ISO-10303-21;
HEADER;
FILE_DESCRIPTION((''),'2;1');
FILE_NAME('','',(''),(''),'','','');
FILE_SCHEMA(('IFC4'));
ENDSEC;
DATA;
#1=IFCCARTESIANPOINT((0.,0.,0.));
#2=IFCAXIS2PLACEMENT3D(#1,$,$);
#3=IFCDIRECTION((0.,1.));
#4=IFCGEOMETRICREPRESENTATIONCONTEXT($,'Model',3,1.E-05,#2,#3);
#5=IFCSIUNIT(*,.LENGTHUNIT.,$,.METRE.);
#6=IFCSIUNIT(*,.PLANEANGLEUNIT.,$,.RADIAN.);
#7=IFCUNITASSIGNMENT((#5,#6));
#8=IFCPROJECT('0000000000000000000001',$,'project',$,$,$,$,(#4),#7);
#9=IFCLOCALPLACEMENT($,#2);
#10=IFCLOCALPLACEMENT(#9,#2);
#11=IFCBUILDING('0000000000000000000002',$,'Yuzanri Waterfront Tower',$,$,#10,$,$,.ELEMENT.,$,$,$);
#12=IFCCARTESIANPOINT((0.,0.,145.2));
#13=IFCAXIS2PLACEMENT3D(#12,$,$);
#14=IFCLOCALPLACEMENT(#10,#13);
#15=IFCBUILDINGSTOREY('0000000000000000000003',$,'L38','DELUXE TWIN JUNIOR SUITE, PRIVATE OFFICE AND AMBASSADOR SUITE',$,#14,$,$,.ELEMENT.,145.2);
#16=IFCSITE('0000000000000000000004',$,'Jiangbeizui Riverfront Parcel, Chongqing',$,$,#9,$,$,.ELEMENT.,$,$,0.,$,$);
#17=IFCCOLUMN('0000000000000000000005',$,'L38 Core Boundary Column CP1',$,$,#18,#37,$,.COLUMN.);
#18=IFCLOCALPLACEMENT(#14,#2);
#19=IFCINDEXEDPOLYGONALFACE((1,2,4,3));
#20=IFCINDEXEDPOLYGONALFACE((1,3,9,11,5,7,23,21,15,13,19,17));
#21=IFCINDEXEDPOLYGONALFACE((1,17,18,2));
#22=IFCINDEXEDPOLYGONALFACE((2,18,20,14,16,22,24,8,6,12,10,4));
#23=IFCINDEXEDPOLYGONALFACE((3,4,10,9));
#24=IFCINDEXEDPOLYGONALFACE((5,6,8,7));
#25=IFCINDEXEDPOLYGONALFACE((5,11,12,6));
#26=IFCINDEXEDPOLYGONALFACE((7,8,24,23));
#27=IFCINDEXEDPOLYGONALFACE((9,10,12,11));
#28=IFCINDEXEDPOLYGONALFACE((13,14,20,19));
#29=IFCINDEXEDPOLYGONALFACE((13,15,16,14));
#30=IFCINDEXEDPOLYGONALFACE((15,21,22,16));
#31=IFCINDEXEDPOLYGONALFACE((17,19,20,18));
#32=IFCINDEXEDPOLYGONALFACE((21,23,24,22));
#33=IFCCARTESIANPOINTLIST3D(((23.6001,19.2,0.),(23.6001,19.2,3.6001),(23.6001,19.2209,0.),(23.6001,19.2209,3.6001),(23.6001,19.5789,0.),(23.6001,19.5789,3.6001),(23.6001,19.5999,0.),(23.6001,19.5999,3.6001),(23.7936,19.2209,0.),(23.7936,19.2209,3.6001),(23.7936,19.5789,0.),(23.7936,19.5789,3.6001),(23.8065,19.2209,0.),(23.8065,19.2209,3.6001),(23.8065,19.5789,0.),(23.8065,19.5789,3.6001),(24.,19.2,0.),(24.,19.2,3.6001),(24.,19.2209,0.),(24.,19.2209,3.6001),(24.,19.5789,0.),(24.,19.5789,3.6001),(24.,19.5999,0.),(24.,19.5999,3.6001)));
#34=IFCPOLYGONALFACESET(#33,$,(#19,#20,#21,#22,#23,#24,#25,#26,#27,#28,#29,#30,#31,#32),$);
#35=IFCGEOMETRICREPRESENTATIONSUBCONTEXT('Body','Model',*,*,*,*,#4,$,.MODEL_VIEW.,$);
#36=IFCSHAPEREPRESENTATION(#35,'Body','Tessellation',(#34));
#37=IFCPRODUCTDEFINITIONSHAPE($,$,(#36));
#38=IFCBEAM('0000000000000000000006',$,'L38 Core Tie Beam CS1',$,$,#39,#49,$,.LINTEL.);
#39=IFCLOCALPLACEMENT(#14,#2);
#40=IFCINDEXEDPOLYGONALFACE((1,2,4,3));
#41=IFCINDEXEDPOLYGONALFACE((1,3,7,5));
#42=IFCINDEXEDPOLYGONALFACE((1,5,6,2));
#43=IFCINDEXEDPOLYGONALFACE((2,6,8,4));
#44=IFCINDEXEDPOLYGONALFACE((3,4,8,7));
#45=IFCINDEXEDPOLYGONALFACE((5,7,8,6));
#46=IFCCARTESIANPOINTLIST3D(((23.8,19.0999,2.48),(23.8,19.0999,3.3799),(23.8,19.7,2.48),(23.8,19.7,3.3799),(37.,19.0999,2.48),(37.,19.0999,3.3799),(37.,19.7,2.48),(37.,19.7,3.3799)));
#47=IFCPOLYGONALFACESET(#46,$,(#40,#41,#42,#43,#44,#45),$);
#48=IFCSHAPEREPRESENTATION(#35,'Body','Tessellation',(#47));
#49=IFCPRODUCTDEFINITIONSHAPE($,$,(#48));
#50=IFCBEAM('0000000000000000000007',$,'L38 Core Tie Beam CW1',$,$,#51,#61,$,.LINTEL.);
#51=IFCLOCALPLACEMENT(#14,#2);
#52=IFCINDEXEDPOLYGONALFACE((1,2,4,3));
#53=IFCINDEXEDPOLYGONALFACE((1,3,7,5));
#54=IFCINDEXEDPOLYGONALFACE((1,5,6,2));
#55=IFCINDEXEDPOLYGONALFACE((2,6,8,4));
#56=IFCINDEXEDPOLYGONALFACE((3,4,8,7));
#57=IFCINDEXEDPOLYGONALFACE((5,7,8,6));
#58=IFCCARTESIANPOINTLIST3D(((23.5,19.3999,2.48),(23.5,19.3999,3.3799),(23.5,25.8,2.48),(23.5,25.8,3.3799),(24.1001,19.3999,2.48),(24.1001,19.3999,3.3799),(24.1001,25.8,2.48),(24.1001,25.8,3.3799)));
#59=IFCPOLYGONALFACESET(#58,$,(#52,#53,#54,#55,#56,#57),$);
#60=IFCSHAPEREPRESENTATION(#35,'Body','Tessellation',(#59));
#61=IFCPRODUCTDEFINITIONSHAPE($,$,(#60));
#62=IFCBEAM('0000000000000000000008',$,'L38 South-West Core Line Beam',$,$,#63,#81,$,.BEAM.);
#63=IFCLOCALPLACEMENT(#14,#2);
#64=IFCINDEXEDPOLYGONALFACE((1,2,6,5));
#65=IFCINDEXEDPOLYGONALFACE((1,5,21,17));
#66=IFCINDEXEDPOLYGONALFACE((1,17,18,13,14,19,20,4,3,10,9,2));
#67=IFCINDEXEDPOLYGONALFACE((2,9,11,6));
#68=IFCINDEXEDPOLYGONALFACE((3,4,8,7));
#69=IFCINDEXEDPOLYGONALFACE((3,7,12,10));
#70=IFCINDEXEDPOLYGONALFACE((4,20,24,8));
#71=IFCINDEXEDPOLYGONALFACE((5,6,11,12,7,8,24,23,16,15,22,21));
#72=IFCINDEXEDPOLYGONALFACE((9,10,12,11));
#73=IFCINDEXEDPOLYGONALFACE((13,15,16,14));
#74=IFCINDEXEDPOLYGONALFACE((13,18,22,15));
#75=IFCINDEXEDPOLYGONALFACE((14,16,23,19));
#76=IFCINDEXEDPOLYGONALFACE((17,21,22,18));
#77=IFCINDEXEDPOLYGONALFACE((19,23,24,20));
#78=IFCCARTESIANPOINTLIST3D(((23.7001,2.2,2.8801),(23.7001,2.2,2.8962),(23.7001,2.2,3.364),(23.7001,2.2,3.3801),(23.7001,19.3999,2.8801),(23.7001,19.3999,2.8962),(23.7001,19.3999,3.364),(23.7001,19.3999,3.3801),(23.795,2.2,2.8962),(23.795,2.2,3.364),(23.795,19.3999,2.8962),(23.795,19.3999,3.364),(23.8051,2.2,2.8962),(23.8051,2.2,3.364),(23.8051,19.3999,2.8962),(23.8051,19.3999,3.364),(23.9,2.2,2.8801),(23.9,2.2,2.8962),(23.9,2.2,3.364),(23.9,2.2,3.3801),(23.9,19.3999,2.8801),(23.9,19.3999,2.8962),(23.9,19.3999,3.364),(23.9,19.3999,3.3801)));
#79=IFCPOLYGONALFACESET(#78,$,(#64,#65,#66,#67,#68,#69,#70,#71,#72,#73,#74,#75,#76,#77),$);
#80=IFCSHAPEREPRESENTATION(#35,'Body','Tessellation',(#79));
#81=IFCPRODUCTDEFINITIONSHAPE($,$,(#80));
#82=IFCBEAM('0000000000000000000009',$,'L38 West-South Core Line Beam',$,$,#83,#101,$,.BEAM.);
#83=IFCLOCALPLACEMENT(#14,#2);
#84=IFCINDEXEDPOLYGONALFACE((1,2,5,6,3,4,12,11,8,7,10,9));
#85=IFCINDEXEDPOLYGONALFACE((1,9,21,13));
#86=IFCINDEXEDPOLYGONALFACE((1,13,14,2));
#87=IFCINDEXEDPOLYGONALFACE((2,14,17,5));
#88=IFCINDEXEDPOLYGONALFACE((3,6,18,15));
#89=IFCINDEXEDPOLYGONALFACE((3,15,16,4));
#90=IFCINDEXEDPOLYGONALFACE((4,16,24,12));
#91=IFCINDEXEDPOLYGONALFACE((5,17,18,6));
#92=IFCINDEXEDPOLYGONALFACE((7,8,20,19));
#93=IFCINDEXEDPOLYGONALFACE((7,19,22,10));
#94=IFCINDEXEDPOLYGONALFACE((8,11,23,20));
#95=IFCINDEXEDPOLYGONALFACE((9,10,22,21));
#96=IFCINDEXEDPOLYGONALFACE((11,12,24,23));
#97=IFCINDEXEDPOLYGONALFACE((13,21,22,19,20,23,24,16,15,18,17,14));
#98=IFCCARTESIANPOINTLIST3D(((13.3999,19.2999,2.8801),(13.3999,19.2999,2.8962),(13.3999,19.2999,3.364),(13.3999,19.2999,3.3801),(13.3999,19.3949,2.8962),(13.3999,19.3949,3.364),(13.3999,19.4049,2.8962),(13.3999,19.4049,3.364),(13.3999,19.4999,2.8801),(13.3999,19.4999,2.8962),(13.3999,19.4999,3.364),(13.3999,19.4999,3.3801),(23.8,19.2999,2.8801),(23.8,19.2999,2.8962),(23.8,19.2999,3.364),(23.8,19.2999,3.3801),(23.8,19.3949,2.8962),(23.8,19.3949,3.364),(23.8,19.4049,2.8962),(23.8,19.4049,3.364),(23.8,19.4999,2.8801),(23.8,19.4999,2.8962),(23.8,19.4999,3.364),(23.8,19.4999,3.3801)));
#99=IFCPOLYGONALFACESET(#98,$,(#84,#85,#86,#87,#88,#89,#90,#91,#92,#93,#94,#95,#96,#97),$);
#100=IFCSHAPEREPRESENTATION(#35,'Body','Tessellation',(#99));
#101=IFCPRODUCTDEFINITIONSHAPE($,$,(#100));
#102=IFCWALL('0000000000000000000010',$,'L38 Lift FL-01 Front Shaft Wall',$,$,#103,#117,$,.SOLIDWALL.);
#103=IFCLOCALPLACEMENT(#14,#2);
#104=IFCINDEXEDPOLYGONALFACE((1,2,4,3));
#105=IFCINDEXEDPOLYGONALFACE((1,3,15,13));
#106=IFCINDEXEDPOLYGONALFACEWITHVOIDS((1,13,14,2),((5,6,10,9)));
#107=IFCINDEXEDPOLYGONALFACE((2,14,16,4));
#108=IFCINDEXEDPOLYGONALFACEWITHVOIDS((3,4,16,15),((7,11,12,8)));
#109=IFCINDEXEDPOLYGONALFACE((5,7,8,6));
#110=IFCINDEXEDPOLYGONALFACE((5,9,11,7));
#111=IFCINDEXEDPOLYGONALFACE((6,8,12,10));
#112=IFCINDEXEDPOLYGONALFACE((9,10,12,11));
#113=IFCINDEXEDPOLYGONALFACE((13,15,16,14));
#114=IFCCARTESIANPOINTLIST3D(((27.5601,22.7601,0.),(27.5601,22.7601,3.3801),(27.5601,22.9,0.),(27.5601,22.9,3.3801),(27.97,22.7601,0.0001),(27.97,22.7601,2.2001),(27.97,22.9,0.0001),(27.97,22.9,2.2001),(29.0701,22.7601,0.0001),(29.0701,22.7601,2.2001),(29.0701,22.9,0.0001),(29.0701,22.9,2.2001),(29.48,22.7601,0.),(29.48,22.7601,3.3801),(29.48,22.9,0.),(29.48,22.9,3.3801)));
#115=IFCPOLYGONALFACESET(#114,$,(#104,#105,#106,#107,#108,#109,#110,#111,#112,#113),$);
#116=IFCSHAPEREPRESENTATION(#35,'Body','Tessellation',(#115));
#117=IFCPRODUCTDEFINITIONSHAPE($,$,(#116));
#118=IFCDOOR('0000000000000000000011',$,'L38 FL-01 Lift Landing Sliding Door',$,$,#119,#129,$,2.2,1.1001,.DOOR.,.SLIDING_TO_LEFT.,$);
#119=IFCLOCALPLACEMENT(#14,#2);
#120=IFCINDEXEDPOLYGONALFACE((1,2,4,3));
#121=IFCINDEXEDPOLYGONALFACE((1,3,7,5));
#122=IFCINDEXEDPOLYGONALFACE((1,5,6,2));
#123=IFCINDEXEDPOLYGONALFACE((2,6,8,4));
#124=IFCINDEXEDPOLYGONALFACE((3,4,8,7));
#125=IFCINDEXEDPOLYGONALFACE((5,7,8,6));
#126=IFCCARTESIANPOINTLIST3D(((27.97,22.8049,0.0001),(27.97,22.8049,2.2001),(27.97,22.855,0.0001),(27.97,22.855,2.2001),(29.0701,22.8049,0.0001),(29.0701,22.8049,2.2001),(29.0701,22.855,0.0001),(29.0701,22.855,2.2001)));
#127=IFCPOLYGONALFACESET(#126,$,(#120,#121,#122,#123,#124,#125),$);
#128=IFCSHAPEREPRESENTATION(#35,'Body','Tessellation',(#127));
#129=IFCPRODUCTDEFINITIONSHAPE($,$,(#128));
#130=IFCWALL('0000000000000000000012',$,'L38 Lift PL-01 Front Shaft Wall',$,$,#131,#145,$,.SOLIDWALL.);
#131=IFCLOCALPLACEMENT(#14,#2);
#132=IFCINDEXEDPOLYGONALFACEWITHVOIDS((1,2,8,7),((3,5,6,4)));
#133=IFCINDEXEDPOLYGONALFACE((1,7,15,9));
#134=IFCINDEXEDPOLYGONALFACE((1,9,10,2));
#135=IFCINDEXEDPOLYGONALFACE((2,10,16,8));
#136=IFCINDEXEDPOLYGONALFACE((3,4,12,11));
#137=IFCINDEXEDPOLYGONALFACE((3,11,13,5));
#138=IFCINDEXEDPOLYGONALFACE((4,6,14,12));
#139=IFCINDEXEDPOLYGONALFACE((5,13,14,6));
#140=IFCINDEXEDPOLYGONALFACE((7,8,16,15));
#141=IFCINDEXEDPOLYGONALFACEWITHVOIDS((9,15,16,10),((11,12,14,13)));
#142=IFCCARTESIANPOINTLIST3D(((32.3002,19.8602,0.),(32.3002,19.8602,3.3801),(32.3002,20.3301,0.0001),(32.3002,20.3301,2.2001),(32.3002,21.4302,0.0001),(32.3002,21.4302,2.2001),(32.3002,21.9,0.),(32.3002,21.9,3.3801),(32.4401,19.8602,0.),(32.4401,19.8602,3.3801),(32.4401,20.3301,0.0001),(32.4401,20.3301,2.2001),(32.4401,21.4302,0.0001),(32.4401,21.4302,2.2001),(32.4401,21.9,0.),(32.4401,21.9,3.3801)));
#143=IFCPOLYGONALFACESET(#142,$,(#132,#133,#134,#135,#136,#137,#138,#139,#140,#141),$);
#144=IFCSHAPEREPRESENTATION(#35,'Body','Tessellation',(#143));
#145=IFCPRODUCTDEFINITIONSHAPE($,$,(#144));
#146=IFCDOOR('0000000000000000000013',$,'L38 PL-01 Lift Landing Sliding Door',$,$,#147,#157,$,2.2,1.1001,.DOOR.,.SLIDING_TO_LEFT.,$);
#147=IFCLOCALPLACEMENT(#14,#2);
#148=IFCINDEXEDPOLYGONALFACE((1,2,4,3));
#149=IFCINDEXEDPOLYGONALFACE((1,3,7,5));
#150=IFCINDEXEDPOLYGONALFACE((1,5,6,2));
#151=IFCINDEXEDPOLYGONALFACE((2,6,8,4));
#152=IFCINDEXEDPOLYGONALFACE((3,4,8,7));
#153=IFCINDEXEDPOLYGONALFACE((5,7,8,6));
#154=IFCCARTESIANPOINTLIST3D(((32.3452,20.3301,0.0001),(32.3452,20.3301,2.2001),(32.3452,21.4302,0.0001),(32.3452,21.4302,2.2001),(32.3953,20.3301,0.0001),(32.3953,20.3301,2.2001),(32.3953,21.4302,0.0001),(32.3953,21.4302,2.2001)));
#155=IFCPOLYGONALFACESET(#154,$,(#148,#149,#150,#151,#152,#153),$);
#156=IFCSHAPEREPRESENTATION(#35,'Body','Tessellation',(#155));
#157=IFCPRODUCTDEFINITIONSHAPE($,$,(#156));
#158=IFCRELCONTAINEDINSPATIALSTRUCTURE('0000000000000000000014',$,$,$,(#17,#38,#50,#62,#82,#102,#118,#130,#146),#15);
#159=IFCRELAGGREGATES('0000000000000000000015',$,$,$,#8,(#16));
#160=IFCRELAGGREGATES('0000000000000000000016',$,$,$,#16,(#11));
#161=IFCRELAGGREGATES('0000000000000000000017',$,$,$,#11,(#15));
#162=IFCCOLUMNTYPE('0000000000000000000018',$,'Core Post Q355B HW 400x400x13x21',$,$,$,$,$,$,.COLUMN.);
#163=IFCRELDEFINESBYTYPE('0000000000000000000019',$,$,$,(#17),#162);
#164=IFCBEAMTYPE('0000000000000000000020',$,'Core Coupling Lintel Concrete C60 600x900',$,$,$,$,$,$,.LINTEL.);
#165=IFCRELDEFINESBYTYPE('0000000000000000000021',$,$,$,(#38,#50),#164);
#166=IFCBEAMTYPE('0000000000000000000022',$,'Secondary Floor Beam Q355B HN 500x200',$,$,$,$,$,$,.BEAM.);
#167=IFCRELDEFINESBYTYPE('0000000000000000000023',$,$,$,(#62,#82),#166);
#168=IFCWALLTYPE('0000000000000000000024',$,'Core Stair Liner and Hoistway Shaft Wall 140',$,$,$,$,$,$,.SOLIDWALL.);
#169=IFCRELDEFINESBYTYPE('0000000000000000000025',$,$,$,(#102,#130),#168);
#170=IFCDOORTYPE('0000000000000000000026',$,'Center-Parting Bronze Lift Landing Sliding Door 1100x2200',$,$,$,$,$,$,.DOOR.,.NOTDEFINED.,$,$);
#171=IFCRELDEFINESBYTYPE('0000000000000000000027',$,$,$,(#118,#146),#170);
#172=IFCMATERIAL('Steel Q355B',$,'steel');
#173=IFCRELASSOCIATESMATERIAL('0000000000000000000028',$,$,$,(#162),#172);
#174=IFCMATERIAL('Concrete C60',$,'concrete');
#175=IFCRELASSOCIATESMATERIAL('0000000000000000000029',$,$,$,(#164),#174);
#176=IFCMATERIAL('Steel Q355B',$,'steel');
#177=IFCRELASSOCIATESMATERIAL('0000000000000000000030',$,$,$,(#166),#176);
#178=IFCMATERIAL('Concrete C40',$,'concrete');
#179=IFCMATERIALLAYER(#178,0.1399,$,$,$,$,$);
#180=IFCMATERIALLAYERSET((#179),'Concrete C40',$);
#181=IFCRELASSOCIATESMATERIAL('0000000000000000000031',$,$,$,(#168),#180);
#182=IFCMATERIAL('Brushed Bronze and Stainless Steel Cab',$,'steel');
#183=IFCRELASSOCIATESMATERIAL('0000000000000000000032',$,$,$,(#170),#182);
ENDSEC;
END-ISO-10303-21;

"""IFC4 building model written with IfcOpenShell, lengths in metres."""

from ifc_helpers import new_model, si_unit, direction, frame, frame_2d, origin, origin_2d, place, context, subcontext, project, spatial, rectangle, i_section, extrude, source, transform, mapped, material, layer, layer_set, material_profile, profile_set, type_object, element, fill, save


model = new_model("IFC4")

# Units and contexts
model_context = context("Model", 3, precision=1e-05, world=origin(), true_north=direction((0.0, 1.0)))
body_context = subcontext(model_context, "Body", "Model", "MODEL_VIEW")
ifc_project = project(units=[si_unit("LENGTHUNIT", "METRE"), si_unit("PLANEANGLEUNIT", "RADIAN")], contexts=[model_context])

# Site, building, storey
site_placement = place(None, origin())
site = spatial("IfcSite", under=ifc_project, at=site_placement, Name="Jiangbeizui Riverfront Parcel, Chongqing", CompositionType="ELEMENT", RefElevation=0.0)
building_placement = place(site_placement, origin())
building = spatial("IfcBuilding", under=site, at=building_placement, Name="Yuzanri Waterfront Tower", CompositionType="ELEMENT")
storey_placement = place(building_placement, frame((0.0, 0.0, 145.2)))
storey = spatial("IfcBuildingStorey", under=building, at=storey_placement, Name="L38", Description="DELUXE TWIN JUNIOR SUITE, PRIVATE OFFICE AND AMBASSADOR SUITE", CompositionType="ELEMENT", Elevation=145.2)

# Column
ifc_material_1 = material(Name="Steel Q355B", Category="steel")
ifc_material_profile_1 = material_profile(ifc_material_1, i_section(OverallWidth=0.3999, OverallDepth=0.3999, WebThickness=0.0129, FlangeThickness=0.021, at=origin_2d()), Name="HW 400x400x13x21")
ifc_profile_set_1 = profile_set([ifc_material_profile_1], Name="Steel Q355B")
column_type = type_object("IfcColumnType", Name="Core Post Q355B HW 400x400x13x21", PredefinedType="COLUMN", material=ifc_profile_set_1)
shared_shape_1 = source(origin(), body_context, "Body", "SweptSolid", [
    extrude(i_section(OverallWidth=0.3999, OverallDepth=0.3999, WebThickness=0.0129, FlangeThickness=0.021, at=origin_2d()), origin(), (0.0, 0.0, 1.0), 3.6001),
])
column_placement = place(storey_placement, frame((23.8, 19.3999, 0.0), z_axis=(0.0, 0.0, 1.0), x_axis=(1.0, 0.0, 0.0)))
element("IfcColumn", 1, at=column_placement, inside=storey, type_object=column_type, Name="L38 Core Boundary Column CP1", PredefinedType="COLUMN", context=body_context, shape_type="MappedRepresentation", body=[
    mapped(shared_shape_1, transform((0.0, 0.0, 0.0), scale=1.0)),
])

# Beams
ifc_material_2 = material(Name="Concrete C60", Category="concrete")
ifc_material_profile_2 = material_profile(ifc_material_2, rectangle(XDim=0.6001, YDim=0.8999, at=origin_2d()), Name="RC 600x900")
ifc_profile_set_2 = profile_set([ifc_material_profile_2], Name="Concrete C60")
beam_type_1 = type_object("IfcBeamType", Name="Core Coupling Lintel Concrete C60 600x900", PredefinedType="LINTEL", material=ifc_profile_set_2)
shared_shape_2 = source(origin(), body_context, "Body", "SweptSolid", [
    extrude(rectangle(XDim=0.6001, YDim=0.8999, at=origin_2d()), origin(), (0.0, 0.0, 1.0), 13.2),
])
beam_1_placement = place(storey_placement, frame((23.8, 19.3999, 2.9299), z_axis=(1.0, 0.0, 0.0), x_axis=(0.0, 1.0, 0.0)))
element("IfcBeam", 2, at=beam_1_placement, inside=storey, type_object=beam_type_1, Name="L38 Core Tie Beam CS1", PredefinedType="LINTEL", context=body_context, shape_type="MappedRepresentation", body=[
    mapped(shared_shape_2, transform((0.0, 0.0, 0.0), scale=1.0)),
])
shared_shape_3 = source(origin(), body_context, "Body", "SweptSolid", [
    extrude(rectangle(XDim=0.6001, YDim=0.8999, at=origin_2d()), origin(), (0.0, 0.0, 1.0), 6.4001),
])
beam_2_placement = place(storey_placement, frame((23.8, 19.3999, 2.9299), z_axis=(0.0, 1.0, 0.0), x_axis=(-1.0, 0.0, 0.0)))
element("IfcBeam", 3, at=beam_2_placement, inside=storey, type_object=beam_type_1, Name="L38 Core Tie Beam CW1", PredefinedType="LINTEL", context=body_context, shape_type="MappedRepresentation", body=[
    mapped(shared_shape_3, transform((0.0, 0.0, 0.0), scale=1.0)),
])
ifc_material_3 = material(Name="Steel Q355B", Category="steel")
ifc_material_profile_3 = material_profile(ifc_material_3, i_section(OverallWidth=0.2, OverallDepth=0.5, WebThickness=0.01, FlangeThickness=0.0161, at=origin_2d()), Name="HN 500x200x10x16")
ifc_profile_set_3 = profile_set([ifc_material_profile_3], Name="Steel Q355B")
beam_type_2 = type_object("IfcBeamType", Name="Secondary Floor Beam Q355B HN 500x200", PredefinedType="BEAM", material=ifc_profile_set_3)
shared_shape_4 = source(origin(), body_context, "Body", "SweptSolid", [
    extrude(i_section(OverallWidth=0.2, OverallDepth=0.5, WebThickness=0.01, FlangeThickness=0.0161, at=origin_2d()), origin(), (0.0, 0.0, 1.0), 17.2),
])
beam_3_placement = place(storey_placement, frame((23.8, 19.3999, 3.1301), z_axis=(0.0, -1.0, 0.0), x_axis=(1.0, 0.0, 0.0)))
element("IfcBeam", 4, at=beam_3_placement, inside=storey, type_object=beam_type_2, Name="L38 South-West Core Line Beam", PredefinedType="BEAM", context=body_context, shape_type="MappedRepresentation", body=[
    mapped(shared_shape_4, transform((0.0, 0.0, 0.0), scale=1.0)),
])
shared_shape_5 = source(origin(), body_context, "Body", "SweptSolid", [
    extrude(i_section(OverallWidth=0.2, OverallDepth=0.5, WebThickness=0.01, FlangeThickness=0.0161, at=origin_2d()), origin(), (0.0, 0.0, 1.0), 10.4001),
])
beam_4_placement = place(storey_placement, frame((23.8, 19.3999, 3.1301), z_axis=(-1.0, 0.0, 0.0), x_axis=(0.0, -1.0, 0.0)))
element("IfcBeam", 5, at=beam_4_placement, inside=storey, type_object=beam_type_2, Name="L38 West-South Core Line Beam", PredefinedType="BEAM", context=body_context, shape_type="MappedRepresentation", body=[
    mapped(shared_shape_5, transform((0.0, 0.0, 0.0), scale=1.0)),
])

# Walls, openings, doors
ifc_material_4 = material(Name="Concrete C40", Category="concrete")
ifc_layer_1 = layer(ifc_material_4, 0.1399)
ifc_layer_set_1 = layer_set([ifc_layer_1], Name="Concrete C40")
wall_type_1 = type_object("IfcWallType", Name="Core Stair Liner and Hoistway Shaft Wall 140", PredefinedType="SOLIDWALL", material=ifc_layer_set_1)
wall_1_placement = place(storey_placement, frame((27.5601, 22.8301, 0.0), z_axis=(0.0, 0.0, 1.0), x_axis=(1.0, 0.0, 0.0)))
wall_1 = element("IfcWall", 6, at=wall_1_placement, inside=storey, type_object=wall_type_1, Name="L38 Lift FL-01 Front Shaft Wall", PredefinedType="SOLIDWALL", context=body_context, shape_type="SweptSolid", body=[
    extrude(rectangle(XDim=1.9199, YDim=0.1399, at=frame_2d((0.96, 0.0))), origin(), (0.0, 0.0, 1.0), 3.3801),
])
opening_1_placement = place(wall_1_placement, frame((0.4099, 0.0, 0.0)))
opening_1 = element("IfcOpeningElement", 7, at=opening_1_placement, cuts=wall_1, PredefinedType="OPENING", context=body_context, shape_type="SweptSolid", body=[
    extrude(rectangle(XDim=1.1001, YDim=2.2, at=frame_2d((0.55, 1.1001))), frame((0.0, 0.085, 0.0), z_axis=(0.0, -1.0, 0.0), x_axis=(1.0, 0.0, 0.0)), (0.0, 0.0, 1.0), 0.1697),
])
ifc_material_5 = material(Name="Brushed Bronze and Stainless Steel Cab", Category="steel")
door_type_1 = type_object("IfcDoorType", Name="Center-Parting Bronze Lift Landing Sliding Door 1100x2200", OperationType="NOTDEFINED", PredefinedType="DOOR", material=ifc_material_5)
shared_shape_6 = source(origin(), body_context, "Body", "SweptSolid", [
    extrude(rectangle(XDim=1.1001, YDim=2.2, at=frame_2d((0.55, 1.1001))), frame((0.0, 0.0249, 0.0), z_axis=(0.0, -1.0, 0.0), x_axis=(1.0, 0.0, 0.0)), (0.0, 0.0, 1.0), 0.05),
])
door_1_placement = place(opening_1_placement, origin())
door_1 = element("IfcDoor", 8, at=door_1_placement, inside=storey, type_object=door_type_1, Name="L38 FL-01 Lift Landing Sliding Door", OperationType="SLIDING_TO_LEFT", OverallHeight=2.2, OverallWidth=1.1001, PredefinedType="DOOR", context=body_context, shape_type="MappedRepresentation", body=[
    mapped(shared_shape_6, transform((0.0, 0.0, 0.0), scale=1.0)),
])
fill(opening_1, door_1)
wall_2_placement = place(storey_placement, frame((32.3701, 19.8601, 0.0), z_axis=(0.0, 0.0, 1.0), x_axis=(0.0, 1.0, 0.0)))
wall_2 = element("IfcWall", 9, at=wall_2_placement, inside=storey, type_object=wall_type_1, Name="L38 Lift PL-01 Front Shaft Wall", PredefinedType="SOLIDWALL", context=body_context, shape_type="SweptSolid", body=[
    extrude(rectangle(XDim=2.0398, YDim=0.1399, at=frame_2d((1.02, 0.0))), origin(), (0.0, 0.0, 1.0), 3.3801),
])
opening_2_placement = place(wall_2_placement, frame((0.47, 0.0, 0.0)))
opening_2 = element("IfcOpeningElement", 10, at=opening_2_placement, cuts=wall_2, PredefinedType="OPENING", context=body_context, shape_type="SweptSolid", body=[
    extrude(rectangle(XDim=1.1001, YDim=2.2, at=frame_2d((0.55, 1.1001))), frame((0.0, 0.085, 0.0), z_axis=(0.0, -1.0, 0.0), x_axis=(1.0, 0.0, 0.0)), (0.0, 0.0, 1.0), 0.1697),
])
door_2_placement = place(opening_2_placement, origin())
door_2 = element("IfcDoor", 11, at=door_2_placement, inside=storey, type_object=door_type_1, Name="L38 PL-01 Lift Landing Sliding Door", OperationType="SLIDING_TO_LEFT", OverallHeight=2.2, OverallWidth=1.1001, PredefinedType="DOOR", context=body_context, shape_type="MappedRepresentation", body=[
    mapped(shared_shape_6, transform((0.0, 0.0, 0.0), scale=1.0)),
])
fill(opening_2, door_2)

save(model, "model.ifc")
